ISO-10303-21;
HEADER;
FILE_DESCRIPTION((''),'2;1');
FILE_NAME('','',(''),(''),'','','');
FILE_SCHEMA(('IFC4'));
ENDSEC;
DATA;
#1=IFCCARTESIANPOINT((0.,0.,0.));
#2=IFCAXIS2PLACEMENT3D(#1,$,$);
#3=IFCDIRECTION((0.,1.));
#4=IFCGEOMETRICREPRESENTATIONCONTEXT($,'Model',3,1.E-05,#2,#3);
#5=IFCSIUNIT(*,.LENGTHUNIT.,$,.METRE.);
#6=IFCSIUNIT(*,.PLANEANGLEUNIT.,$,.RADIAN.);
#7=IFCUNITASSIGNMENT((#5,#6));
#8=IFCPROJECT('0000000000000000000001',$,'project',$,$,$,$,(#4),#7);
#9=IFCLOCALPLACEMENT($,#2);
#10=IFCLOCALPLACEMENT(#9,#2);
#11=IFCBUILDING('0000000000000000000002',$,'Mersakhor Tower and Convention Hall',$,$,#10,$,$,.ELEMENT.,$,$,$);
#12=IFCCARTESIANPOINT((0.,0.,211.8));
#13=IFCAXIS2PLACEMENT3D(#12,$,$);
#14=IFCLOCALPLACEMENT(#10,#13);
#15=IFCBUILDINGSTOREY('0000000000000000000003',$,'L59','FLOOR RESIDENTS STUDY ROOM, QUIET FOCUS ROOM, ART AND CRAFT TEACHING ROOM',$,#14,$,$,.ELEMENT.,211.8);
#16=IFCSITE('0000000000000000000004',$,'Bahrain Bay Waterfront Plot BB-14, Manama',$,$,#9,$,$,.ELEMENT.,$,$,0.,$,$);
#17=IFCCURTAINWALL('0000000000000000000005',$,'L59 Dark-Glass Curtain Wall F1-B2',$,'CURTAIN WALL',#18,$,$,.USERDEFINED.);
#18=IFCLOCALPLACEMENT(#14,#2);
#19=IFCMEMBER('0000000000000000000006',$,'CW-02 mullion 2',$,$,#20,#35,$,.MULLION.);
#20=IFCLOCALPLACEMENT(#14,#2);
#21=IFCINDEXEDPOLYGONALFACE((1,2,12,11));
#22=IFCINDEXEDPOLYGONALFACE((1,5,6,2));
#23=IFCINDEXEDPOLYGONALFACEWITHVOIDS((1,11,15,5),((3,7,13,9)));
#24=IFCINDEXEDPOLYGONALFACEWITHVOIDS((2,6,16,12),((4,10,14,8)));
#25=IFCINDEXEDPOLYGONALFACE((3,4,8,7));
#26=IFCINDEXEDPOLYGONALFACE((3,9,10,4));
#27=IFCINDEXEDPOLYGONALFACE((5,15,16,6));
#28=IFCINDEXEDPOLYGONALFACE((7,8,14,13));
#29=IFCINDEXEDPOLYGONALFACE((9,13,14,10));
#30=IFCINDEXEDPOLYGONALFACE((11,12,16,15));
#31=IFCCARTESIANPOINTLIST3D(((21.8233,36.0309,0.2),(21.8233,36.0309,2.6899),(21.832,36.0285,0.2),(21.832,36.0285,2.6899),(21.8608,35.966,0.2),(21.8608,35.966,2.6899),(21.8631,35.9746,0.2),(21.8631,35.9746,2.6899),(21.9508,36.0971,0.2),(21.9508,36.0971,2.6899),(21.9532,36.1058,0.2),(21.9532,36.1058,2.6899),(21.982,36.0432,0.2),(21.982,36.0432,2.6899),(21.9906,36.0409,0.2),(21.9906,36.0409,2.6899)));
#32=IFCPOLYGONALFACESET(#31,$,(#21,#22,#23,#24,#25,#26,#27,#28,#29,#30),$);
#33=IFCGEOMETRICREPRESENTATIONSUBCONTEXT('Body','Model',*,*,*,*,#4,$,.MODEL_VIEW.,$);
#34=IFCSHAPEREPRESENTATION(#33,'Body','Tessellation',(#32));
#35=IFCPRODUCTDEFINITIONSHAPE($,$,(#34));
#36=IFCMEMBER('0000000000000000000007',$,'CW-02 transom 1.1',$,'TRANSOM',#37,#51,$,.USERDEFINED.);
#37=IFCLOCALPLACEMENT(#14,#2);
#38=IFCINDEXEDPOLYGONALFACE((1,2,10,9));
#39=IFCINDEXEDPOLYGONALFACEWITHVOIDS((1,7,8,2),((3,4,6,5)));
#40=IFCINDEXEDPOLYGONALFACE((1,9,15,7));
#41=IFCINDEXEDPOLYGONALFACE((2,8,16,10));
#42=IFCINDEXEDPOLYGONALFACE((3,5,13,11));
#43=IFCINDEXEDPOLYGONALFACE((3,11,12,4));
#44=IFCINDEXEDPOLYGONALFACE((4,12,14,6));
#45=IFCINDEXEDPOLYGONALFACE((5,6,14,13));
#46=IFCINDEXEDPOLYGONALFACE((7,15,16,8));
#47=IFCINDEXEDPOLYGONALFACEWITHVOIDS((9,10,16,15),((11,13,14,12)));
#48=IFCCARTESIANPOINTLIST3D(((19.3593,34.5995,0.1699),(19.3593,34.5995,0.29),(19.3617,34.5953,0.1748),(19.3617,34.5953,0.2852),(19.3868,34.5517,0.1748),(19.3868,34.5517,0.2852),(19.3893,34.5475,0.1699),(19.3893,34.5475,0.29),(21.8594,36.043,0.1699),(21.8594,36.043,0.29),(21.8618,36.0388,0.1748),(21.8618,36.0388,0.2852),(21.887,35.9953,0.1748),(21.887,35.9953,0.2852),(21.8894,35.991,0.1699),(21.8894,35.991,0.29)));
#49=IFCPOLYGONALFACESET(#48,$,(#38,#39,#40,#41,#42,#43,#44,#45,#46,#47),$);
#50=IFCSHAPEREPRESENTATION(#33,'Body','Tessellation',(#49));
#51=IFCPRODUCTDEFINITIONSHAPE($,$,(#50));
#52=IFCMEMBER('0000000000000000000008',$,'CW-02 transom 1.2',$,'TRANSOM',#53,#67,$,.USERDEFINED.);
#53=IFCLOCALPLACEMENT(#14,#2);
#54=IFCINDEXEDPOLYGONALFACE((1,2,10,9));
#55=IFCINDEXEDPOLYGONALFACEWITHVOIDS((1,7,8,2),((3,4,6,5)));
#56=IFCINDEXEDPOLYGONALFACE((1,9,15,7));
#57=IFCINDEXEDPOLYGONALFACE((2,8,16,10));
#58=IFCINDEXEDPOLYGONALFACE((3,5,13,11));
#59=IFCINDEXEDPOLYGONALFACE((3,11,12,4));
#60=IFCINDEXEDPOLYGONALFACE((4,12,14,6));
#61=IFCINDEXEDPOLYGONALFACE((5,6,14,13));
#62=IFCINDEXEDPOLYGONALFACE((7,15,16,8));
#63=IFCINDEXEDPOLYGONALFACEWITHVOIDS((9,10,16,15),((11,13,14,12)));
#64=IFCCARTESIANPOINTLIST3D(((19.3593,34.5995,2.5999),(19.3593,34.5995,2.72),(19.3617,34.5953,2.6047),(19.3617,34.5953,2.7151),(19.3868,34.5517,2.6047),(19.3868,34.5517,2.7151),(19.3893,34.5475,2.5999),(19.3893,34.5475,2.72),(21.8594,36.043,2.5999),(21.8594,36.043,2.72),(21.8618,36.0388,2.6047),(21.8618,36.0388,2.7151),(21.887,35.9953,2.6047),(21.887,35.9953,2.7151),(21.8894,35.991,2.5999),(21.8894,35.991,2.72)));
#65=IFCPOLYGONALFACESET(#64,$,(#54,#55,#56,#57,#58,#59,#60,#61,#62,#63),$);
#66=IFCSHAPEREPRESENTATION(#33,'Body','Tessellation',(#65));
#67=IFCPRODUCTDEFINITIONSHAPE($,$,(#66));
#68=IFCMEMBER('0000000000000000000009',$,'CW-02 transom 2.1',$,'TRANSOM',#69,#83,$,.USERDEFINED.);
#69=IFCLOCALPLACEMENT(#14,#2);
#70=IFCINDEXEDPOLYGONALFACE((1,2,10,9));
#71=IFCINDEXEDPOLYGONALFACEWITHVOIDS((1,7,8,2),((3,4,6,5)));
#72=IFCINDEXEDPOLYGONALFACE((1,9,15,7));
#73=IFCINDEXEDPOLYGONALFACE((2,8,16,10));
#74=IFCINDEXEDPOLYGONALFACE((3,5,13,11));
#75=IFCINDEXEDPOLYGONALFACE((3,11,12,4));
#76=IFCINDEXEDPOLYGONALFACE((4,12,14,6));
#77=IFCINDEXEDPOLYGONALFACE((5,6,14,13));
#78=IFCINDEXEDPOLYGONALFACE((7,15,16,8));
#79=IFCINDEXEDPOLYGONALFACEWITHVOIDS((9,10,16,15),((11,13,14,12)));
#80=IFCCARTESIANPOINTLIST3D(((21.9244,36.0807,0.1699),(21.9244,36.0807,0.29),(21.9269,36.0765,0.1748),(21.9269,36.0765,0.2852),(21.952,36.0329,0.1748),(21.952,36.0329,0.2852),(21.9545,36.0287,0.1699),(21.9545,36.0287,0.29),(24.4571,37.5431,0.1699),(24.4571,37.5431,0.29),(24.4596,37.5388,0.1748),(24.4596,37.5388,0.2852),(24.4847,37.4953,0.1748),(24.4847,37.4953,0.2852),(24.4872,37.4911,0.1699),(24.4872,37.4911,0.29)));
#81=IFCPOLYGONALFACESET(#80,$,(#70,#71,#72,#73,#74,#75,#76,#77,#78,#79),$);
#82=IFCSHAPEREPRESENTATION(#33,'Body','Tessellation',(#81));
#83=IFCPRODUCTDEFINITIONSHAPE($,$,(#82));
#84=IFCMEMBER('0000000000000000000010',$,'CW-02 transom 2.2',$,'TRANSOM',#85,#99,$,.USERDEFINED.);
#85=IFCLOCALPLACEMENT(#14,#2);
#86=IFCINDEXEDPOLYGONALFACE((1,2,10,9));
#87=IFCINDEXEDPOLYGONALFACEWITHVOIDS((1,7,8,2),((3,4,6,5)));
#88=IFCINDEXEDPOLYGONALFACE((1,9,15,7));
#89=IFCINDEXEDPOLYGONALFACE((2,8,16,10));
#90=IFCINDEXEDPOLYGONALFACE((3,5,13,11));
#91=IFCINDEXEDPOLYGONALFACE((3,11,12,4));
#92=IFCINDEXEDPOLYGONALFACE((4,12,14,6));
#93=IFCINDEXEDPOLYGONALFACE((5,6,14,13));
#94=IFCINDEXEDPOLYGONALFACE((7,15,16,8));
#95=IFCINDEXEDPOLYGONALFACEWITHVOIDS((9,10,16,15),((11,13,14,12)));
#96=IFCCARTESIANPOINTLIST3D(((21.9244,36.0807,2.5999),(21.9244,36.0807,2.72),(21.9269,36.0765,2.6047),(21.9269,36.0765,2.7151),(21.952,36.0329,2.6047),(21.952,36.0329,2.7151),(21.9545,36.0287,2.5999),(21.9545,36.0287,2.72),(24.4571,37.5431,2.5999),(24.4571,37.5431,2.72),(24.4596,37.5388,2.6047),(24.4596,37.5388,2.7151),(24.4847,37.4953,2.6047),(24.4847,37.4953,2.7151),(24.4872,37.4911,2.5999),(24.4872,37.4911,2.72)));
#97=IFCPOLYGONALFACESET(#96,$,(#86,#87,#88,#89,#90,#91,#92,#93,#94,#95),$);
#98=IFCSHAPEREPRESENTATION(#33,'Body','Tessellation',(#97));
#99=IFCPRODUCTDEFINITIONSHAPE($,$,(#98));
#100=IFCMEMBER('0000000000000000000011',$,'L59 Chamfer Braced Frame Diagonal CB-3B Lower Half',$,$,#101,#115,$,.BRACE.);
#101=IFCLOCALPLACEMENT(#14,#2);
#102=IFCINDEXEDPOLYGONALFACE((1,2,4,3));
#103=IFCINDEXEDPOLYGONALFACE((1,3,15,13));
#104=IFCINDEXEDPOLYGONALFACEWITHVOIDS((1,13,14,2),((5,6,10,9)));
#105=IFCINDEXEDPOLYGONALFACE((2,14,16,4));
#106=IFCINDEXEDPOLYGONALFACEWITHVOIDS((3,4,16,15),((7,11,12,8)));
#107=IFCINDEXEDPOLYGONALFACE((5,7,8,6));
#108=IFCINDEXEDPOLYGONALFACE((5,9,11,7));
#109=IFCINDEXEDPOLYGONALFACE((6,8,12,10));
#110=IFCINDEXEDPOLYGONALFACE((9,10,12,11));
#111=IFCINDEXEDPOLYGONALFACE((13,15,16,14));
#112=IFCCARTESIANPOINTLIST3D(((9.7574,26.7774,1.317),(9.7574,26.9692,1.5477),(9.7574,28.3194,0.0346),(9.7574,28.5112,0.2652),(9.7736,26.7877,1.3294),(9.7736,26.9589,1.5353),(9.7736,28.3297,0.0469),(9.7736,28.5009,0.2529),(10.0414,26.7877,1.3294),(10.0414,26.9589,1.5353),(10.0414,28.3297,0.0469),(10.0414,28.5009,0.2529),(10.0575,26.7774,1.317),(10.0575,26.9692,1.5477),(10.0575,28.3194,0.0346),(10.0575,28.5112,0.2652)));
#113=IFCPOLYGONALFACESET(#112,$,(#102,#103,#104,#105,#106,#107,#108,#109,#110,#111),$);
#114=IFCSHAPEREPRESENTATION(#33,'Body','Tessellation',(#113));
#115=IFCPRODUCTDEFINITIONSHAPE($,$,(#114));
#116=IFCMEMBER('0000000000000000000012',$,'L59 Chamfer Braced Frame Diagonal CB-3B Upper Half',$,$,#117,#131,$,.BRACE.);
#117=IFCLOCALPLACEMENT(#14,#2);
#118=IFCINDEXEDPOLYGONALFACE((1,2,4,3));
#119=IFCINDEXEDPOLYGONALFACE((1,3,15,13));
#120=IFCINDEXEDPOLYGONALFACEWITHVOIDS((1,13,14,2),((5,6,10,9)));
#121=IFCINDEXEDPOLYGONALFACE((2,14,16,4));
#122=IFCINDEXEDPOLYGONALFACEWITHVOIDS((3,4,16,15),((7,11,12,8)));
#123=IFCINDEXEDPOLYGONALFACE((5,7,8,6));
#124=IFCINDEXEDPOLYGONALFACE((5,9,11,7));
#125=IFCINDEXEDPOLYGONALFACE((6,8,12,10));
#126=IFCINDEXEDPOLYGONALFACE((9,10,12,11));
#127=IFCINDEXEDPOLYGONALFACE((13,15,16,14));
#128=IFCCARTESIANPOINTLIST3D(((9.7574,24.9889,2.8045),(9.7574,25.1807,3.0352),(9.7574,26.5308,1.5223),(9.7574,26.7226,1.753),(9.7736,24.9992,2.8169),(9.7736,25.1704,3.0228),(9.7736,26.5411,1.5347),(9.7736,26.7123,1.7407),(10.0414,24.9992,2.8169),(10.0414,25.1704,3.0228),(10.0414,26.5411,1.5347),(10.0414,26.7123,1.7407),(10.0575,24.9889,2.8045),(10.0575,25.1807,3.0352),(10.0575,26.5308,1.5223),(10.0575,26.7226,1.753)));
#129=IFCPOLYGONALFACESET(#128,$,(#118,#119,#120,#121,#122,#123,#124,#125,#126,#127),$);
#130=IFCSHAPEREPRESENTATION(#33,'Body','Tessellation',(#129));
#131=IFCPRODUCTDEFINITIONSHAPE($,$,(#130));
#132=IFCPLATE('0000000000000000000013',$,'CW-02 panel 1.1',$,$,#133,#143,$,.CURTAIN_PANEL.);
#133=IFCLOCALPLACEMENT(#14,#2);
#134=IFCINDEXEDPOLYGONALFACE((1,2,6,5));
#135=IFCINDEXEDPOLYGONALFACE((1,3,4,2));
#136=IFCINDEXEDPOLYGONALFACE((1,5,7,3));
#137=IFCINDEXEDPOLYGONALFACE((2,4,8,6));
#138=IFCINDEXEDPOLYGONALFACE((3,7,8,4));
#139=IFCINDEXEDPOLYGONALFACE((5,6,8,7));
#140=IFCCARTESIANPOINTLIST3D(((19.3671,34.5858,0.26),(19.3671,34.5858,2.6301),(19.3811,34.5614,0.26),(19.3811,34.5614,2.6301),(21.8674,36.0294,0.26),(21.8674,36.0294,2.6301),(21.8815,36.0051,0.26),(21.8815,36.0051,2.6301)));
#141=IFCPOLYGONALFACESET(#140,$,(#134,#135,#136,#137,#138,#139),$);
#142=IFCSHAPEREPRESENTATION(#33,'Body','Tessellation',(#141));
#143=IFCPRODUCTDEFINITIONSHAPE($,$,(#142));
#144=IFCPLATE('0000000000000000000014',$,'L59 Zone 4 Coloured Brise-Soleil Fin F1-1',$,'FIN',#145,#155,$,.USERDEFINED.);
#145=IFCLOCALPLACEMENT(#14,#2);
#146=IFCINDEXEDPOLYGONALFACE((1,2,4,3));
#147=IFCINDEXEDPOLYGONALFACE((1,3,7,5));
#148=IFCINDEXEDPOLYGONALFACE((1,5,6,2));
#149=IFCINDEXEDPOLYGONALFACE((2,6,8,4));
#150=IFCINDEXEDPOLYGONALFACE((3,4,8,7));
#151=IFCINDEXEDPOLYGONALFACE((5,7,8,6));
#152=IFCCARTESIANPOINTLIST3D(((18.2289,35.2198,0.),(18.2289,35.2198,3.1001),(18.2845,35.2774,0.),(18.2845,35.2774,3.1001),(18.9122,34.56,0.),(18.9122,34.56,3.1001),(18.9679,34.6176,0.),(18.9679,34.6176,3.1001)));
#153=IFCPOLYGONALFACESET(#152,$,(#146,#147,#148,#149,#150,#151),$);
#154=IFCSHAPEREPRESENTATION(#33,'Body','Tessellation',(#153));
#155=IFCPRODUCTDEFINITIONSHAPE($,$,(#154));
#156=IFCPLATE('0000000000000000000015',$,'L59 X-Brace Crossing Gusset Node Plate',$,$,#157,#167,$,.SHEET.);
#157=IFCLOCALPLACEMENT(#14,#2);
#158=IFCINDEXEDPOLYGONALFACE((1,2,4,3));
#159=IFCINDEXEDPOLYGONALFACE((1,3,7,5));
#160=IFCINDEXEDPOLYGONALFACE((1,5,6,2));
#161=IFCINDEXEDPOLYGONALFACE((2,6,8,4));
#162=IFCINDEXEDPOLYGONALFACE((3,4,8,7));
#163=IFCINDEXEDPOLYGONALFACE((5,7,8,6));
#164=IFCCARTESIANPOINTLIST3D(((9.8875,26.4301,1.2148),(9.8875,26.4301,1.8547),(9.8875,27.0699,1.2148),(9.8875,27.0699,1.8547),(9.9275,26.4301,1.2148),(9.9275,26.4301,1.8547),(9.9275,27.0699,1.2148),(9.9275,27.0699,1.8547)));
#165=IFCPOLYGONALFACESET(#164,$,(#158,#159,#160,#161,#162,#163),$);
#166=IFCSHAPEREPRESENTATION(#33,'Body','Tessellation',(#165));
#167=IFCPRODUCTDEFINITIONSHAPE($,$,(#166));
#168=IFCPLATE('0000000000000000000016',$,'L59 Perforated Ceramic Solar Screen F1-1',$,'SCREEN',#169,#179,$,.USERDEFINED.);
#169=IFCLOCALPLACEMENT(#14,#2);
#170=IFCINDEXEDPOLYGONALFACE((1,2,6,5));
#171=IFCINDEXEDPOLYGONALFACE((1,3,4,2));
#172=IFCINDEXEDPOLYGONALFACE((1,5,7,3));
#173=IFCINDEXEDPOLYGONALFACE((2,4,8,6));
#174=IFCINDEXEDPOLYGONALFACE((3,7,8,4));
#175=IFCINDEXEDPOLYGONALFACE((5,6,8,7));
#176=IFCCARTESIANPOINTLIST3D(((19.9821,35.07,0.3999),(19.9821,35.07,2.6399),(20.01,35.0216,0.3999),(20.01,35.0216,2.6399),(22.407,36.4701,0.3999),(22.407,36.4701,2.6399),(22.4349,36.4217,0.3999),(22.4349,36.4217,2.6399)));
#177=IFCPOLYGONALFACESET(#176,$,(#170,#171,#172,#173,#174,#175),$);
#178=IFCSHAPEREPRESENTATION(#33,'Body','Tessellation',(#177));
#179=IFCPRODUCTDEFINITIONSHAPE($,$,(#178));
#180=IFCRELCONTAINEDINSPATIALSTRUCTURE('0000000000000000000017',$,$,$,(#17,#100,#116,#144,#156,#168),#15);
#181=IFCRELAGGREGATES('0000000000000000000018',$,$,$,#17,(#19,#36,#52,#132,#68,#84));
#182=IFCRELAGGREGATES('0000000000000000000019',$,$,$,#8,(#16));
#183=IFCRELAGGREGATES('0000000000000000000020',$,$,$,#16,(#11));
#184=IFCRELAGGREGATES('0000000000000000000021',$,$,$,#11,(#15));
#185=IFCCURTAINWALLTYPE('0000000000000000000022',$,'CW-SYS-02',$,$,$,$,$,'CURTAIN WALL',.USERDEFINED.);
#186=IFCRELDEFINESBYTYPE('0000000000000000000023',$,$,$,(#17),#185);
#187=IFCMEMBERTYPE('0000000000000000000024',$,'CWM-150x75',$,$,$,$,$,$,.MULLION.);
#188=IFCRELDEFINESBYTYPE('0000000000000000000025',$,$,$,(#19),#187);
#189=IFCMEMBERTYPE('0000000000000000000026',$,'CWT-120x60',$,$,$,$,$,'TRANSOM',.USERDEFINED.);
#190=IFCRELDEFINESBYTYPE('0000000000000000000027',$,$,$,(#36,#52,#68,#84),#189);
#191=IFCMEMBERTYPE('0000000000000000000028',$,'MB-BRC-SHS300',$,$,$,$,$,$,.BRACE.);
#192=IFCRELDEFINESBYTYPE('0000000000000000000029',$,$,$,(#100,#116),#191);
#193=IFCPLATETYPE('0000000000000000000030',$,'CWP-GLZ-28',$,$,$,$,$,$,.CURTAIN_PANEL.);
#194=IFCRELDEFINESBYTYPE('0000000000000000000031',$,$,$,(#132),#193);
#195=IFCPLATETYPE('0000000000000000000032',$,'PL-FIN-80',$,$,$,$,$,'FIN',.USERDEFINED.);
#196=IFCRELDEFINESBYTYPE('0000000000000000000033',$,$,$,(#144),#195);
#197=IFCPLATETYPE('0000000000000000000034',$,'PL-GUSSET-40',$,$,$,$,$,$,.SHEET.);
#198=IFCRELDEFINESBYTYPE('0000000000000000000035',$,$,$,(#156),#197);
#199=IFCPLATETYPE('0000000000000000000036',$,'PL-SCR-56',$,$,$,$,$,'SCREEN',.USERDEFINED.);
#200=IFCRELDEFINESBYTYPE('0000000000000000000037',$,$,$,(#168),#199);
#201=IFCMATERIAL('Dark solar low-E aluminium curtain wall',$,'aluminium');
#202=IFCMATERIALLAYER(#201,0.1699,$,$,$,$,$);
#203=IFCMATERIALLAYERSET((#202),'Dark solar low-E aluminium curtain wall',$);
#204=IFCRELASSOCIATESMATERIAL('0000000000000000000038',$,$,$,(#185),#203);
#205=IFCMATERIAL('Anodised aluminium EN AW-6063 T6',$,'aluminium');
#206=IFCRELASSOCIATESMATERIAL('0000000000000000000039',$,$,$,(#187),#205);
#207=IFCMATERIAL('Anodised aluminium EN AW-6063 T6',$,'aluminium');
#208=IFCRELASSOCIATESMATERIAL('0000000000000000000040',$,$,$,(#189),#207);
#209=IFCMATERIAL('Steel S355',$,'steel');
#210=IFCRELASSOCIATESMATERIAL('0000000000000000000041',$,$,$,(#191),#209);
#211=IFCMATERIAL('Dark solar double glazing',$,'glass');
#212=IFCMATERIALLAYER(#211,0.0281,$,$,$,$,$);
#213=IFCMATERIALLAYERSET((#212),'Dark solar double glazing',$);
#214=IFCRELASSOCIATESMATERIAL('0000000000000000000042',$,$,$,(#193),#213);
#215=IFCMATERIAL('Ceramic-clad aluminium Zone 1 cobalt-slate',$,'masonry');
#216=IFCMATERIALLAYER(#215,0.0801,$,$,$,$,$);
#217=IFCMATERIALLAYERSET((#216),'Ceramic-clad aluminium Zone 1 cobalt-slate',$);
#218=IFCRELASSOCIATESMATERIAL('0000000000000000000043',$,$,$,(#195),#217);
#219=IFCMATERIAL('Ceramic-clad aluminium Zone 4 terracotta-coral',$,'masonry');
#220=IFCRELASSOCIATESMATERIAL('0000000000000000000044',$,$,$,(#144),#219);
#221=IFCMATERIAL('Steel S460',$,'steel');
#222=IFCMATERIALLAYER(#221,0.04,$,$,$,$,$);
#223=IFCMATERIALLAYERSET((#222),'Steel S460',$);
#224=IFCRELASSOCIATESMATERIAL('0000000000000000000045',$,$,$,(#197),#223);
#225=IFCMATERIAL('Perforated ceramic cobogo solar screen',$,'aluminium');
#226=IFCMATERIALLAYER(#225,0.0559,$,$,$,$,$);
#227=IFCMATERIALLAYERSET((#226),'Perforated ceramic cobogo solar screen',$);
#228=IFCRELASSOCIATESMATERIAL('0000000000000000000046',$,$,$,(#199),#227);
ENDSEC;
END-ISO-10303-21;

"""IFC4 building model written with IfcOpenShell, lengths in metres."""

from ifc_helpers import new_model, si_unit, direction, frame, origin, origin_2d, place, context, subcontext, project, spatial, rectangle, hollow_rectangle, extrude, material, layer, layer_set, material_profile, profile_set, type_object, element, aggregate, save


model = new_model("IFC4")

# Units and contexts
model_context = context("Model", 3, precision=1e-05, world=origin(), true_north=direction((0.0, 1.0)))
body_context = subcontext(model_context, "Body", "Model", "MODEL_VIEW")
ifc_project = project(units=[si_unit("LENGTHUNIT", "METRE"), si_unit("PLANEANGLEUNIT", "RADIAN")], contexts=[model_context])

# Site, building, storey
site_placement = place(None, origin())
site = spatial("IfcSite", under=ifc_project, at=site_placement, Name="Bahrain Bay Waterfront Plot BB-14, Manama", CompositionType="ELEMENT", RefElevation=0.0)
building_placement = place(site_placement, origin())
building = spatial("IfcBuilding", under=site, at=building_placement, Name="Mersakhor Tower and Convention Hall", CompositionType="ELEMENT")
storey_placement = place(building_placement, frame((0.0, 0.0, 211.8)))
storey = spatial("IfcBuildingStorey", under=building, at=storey_placement, Name="L59", Description="FLOOR RESIDENTS STUDY ROOM, QUIET FOCUS ROOM, ART AND CRAFT TEACHING ROOM", CompositionType="ELEMENT", Elevation=211.8)

# Curtain wall, members
ifc_material_1 = material(Name="Dark solar low-E aluminium curtain wall", Category="aluminium")
ifc_layer_1 = layer(ifc_material_1, 0.1699)
ifc_layer_set_1 = layer_set([ifc_layer_1], Name="Dark solar low-E aluminium curtain wall")
curtain_wall_type = type_object("IfcCurtainWallType", Name="CW-SYS-02", ElementType="CURTAIN WALL", PredefinedType="USERDEFINED", material=ifc_layer_set_1)
curtain_wall_placement = place(storey_placement, origin())
curtain_wall = element("IfcCurtainWall", 1, at=curtain_wall_placement, inside=storey, type_object=curtain_wall_type, Name="L59 Dark-Glass Curtain Wall F1-B2", ObjectType="CURTAIN WALL", PredefinedType="USERDEFINED")
ifc_material_2 = material(Name="Anodised aluminium EN AW-6063 T6", Category="aluminium")
ifc_material_profile_1 = material_profile(ifc_material_2, hollow_rectangle(XDim=0.075, YDim=0.1499, WallThickness=0.0063, at=origin_2d()), Name="RHS 150x75x6.3")
ifc_profile_set_1 = profile_set([ifc_material_profile_1], Name="Anodised aluminium EN AW-6063 T6")
member_type_1 = type_object("IfcMemberType", Name="CWM-150x75", PredefinedType="MULLION", material=ifc_profile_set_1)
member_1_placement = place(storey_placement, frame((21.907, 36.0359, 0.2), z_axis=(0.0, 0.0, 1.0), x_axis=(-0.500008, 0.866021, 0.0)))
member_1 = element("IfcMember", 2, at=member_1_placement, type_object=member_type_1, Name="CW-02 mullion 2", PredefinedType="MULLION", context=body_context, shape_type="SweptSolid", body=[
    extrude(hollow_rectangle(XDim=0.075, YDim=0.1499, WallThickness=0.0063, at=origin_2d()), origin(), (0.0, 0.0, 1.0), 2.49),
])
ifc_material_3 = material(Name="Anodised aluminium EN AW-6063 T6", Category="aluminium")
ifc_material_profile_2 = material_profile(ifc_material_3, hollow_rectangle(XDim=0.0601, YDim=0.1201, WallThickness=0.0049, at=origin_2d()), Name="RHS 120x60x5")
ifc_profile_set_2 = profile_set([ifc_material_profile_2], Name="Anodised aluminium EN AW-6063 T6")
member_type_2 = type_object("IfcMemberType", Name="CWT-120x60", ElementType="TRANSOM", PredefinedType="USERDEFINED", material=ifc_profile_set_2)
member_2_placement = place(storey_placement, frame((19.3743, 34.5735, 0.23), z_axis=(0.866012, 0.500023, 0.0), x_axis=(-0.500023, 0.866012, 0.0)))
member_2 = element("IfcMember", 3, at=member_2_placement, type_object=member_type_2, Name="CW-02 transom 1.1", ObjectType="TRANSOM", PredefinedType="USERDEFINED", context=body_context, shape_type="SweptSolid", body=[
    extrude(hollow_rectangle(XDim=0.0601, YDim=0.1201, WallThickness=0.0049, at=origin_2d()), origin(), (0.0, 0.0, 1.0), 2.887),
])
member_3_placement = place(storey_placement, frame((19.3743, 34.5735, 2.6599), z_axis=(0.866012, 0.500023, 0.0), x_axis=(-0.500023, 0.866012, 0.0)))
member_3 = element("IfcMember", 4, at=member_3_placement, type_object=member_type_2, Name="CW-02 transom 1.2", ObjectType="TRANSOM", PredefinedType="USERDEFINED", context=body_context, shape_type="SweptSolid", body=[
    extrude(hollow_rectangle(XDim=0.0601, YDim=0.1201, WallThickness=0.0049, at=origin_2d()), origin(), (0.0, 0.0, 1.0), 2.887),
])
member_4_placement = place(storey_placement, frame((21.9395, 36.0547, 0.23), z_axis=(0.866005, 0.500036, 0.0), x_axis=(-0.500036, 0.866005, 0.0)))
member_4 = element("IfcMember", 5, at=member_4_placement, type_object=member_type_2, Name="CW-02 transom 2.1", ObjectType="TRANSOM", PredefinedType="USERDEFINED", context=body_context, shape_type="SweptSolid", body=[
    extrude(hollow_rectangle(XDim=0.0601, YDim=0.1201, WallThickness=0.0049, at=origin_2d()), origin(), (0.0, 0.0, 1.0), 2.9246),
])
member_5_placement = place(storey_placement, frame((21.9395, 36.0547, 2.6599), z_axis=(0.866005, 0.500036, 0.0), x_axis=(-0.500036, 0.866005, 0.0)))
member_5 = element("IfcMember", 6, at=member_5_placement, type_object=member_type_2, Name="CW-02 transom 2.2", ObjectType="TRANSOM", PredefinedType="USERDEFINED", context=body_context, shape_type="SweptSolid", body=[
    extrude(hollow_rectangle(XDim=0.0601, YDim=0.1201, WallThickness=0.0049, at=origin_2d()), origin(), (0.0, 0.0, 1.0), 2.9246),
])

# Members
ifc_material_4 = material(Name="Steel S355", Category="steel")
ifc_material_profile_3 = material_profile(ifc_material_4, hollow_rectangle(XDim=0.3, YDim=0.3, WallThickness=0.0161, at=origin_2d()), Name="SHS 300x300x16")
ifc_profile_set_3 = profile_set([ifc_material_profile_3], Name="Steel S355")
member_type_3 = type_object("IfcMemberType", Name="MB-BRC-SHS300", PredefinedType="BRACE", material=ifc_profile_set_3)
member_6_placement = place(storey_placement, frame((9.9075, 28.4153, 0.1499), z_axis=(0.0, -0.76884, 0.639442), x_axis=(1.0, 0.0, 0.0)))
element("IfcMember", 7, at=member_6_placement, inside=storey, type_object=member_type_3, Name="L59 Chamfer Braced Frame Diagonal CB-3B Lower Half", PredefinedType="BRACE", context=body_context, shape_type="SweptSolid", body=[
    extrude(hollow_rectangle(XDim=0.3, YDim=0.3, WallThickness=0.0161, at=origin_2d()), origin(), (0.0, 0.0, 1.0), 2.0056),
])
member_7_placement = place(storey_placement, frame((9.9075, 26.6267, 1.6377), z_axis=(0.0, -0.768899, 0.63937), x_axis=(1.0, 0.0, 0.0)))
element("IfcMember", 8, at=member_7_placement, inside=storey, type_object=member_type_3, Name="L59 Chamfer Braced Frame Diagonal CB-3B Upper Half", PredefinedType="BRACE", context=body_context, shape_type="SweptSolid", body=[
    extrude(hollow_rectangle(XDim=0.3, YDim=0.3, WallThickness=0.0161, at=origin_2d()), origin(), (0.0, 0.0, 1.0), 2.0054),
])

# Plate
ifc_material_5 = material(Name="Dark solar double glazing", Category="glass")
ifc_layer_2 = layer(ifc_material_5, 0.0281)
ifc_layer_set_2 = layer_set([ifc_layer_2], Name="Dark solar double glazing")
plate_type_1 = type_object("IfcPlateType", Name="CWP-GLZ-28", PredefinedType="CURTAIN_PANEL", material=ifc_layer_set_2)
plate_1_placement = place(storey_placement, frame((20.6243, 35.2954, 0.26), z_axis=(0.0, 0.0, 1.0), x_axis=(0.866021, 0.500008, 0.0)))
plate_1 = element("IfcPlate", 9, at=plate_1_placement, type_object=plate_type_1, Name="CW-02 panel 1.1", PredefinedType="CURTAIN_PANEL", context=body_context, shape_type="SweptSolid", body=[
    extrude(rectangle(XDim=2.8872, YDim=0.0281, at=origin_2d()), origin(), (0.0, 0.0, 1.0), 2.3701),
])
aggregate(curtain_wall, [member_1, member_2, member_3, plate_1, member_4, member_5])

# Plates
ifc_material_6 = material(Name="Ceramic-clad aluminium Zone 4 terracotta-coral", Category="masonry")
ifc_material_7 = material(Name="Ceramic-clad aluminium Zone 1 cobalt-slate", Category="masonry")
ifc_layer_3 = layer(ifc_material_7, 0.0801)
ifc_layer_set_3 = layer_set([ifc_layer_3], Name="Ceramic-clad aluminium Zone 1 cobalt-slate")
plate_type_2 = type_object("IfcPlateType", Name="PL-FIN-80", ElementType="FIN", PredefinedType="USERDEFINED", material=ifc_layer_set_3)
plate_2_placement = place(storey_placement, frame((18.5984, 34.9187, 0.0), z_axis=(0.0, 0.0, 1.0), x_axis=(-0.71934, 0.694658, 0.0)))
element("IfcPlate", 10, at=plate_2_placement, inside=storey, type_object=plate_type_2, material=ifc_material_6, Name="L59 Zone 4 Coloured Brise-Soleil Fin F1-1", ObjectType="FIN", PredefinedType="USERDEFINED", context=body_context, shape_type="SweptSolid", body=[
    extrude(rectangle(XDim=0.95, YDim=0.0801, at=origin_2d()), origin(), (0.0, 0.0, 1.0), 3.1001),
])
ifc_material_8 = material(Name="Steel S460", Category="steel")
ifc_layer_4 = layer(ifc_material_8, 0.04)
ifc_layer_set_4 = layer_set([ifc_layer_4], Name="Steel S460")
plate_type_3 = type_object("IfcPlateType", Name="PL-GUSSET-40", PredefinedType="SHEET", material=ifc_layer_set_4)
plate_3_placement = place(storey_placement, frame((9.9075, 26.75, 1.2148), z_axis=(0.0, 0.0, 1.0), x_axis=(0.0, -1.0, 0.0)))
element("IfcPlate", 11, at=plate_3_placement, inside=storey, type_object=plate_type_3, Name="L59 X-Brace Crossing Gusset Node Plate", PredefinedType="SHEET", context=body_context, shape_type="SweptSolid", body=[
    extrude(rectangle(XDim=0.6399, YDim=0.04, at=origin_2d()), origin(), (0.0, 0.0, 1.0), 0.6399),
])
ifc_material_9 = material(Name="Perforated ceramic cobogo solar screen", Category="aluminium")
ifc_layer_5 = layer(ifc_material_9, 0.0559)
ifc_layer_set_5 = layer_set([ifc_layer_5], Name="Perforated ceramic cobogo solar screen")
plate_type_4 = type_object("IfcPlateType", Name="PL-SCR-56", ElementType="SCREEN", PredefinedType="USERDEFINED", material=ifc_layer_set_5)
plate_4_placement = place(storey_placement, frame((21.2085, 35.7458, 0.3999), z_axis=(0.0, 0.0, 1.0), x_axis=(0.866025, 0.5, 0.0)))
element("IfcPlate", 12, at=plate_4_placement, inside=storey, type_object=plate_type_4, Name="L59 Perforated Ceramic Solar Screen F1-1", ObjectType="SCREEN", PredefinedType="USERDEFINED", context=body_context, shape_type="SweptSolid", body=[
    extrude(rectangle(XDim=2.8, YDim=0.0559, at=origin_2d()), origin(), (0.0, 0.0, 1.0), 2.24),
])

save(model, "model.ifc")
